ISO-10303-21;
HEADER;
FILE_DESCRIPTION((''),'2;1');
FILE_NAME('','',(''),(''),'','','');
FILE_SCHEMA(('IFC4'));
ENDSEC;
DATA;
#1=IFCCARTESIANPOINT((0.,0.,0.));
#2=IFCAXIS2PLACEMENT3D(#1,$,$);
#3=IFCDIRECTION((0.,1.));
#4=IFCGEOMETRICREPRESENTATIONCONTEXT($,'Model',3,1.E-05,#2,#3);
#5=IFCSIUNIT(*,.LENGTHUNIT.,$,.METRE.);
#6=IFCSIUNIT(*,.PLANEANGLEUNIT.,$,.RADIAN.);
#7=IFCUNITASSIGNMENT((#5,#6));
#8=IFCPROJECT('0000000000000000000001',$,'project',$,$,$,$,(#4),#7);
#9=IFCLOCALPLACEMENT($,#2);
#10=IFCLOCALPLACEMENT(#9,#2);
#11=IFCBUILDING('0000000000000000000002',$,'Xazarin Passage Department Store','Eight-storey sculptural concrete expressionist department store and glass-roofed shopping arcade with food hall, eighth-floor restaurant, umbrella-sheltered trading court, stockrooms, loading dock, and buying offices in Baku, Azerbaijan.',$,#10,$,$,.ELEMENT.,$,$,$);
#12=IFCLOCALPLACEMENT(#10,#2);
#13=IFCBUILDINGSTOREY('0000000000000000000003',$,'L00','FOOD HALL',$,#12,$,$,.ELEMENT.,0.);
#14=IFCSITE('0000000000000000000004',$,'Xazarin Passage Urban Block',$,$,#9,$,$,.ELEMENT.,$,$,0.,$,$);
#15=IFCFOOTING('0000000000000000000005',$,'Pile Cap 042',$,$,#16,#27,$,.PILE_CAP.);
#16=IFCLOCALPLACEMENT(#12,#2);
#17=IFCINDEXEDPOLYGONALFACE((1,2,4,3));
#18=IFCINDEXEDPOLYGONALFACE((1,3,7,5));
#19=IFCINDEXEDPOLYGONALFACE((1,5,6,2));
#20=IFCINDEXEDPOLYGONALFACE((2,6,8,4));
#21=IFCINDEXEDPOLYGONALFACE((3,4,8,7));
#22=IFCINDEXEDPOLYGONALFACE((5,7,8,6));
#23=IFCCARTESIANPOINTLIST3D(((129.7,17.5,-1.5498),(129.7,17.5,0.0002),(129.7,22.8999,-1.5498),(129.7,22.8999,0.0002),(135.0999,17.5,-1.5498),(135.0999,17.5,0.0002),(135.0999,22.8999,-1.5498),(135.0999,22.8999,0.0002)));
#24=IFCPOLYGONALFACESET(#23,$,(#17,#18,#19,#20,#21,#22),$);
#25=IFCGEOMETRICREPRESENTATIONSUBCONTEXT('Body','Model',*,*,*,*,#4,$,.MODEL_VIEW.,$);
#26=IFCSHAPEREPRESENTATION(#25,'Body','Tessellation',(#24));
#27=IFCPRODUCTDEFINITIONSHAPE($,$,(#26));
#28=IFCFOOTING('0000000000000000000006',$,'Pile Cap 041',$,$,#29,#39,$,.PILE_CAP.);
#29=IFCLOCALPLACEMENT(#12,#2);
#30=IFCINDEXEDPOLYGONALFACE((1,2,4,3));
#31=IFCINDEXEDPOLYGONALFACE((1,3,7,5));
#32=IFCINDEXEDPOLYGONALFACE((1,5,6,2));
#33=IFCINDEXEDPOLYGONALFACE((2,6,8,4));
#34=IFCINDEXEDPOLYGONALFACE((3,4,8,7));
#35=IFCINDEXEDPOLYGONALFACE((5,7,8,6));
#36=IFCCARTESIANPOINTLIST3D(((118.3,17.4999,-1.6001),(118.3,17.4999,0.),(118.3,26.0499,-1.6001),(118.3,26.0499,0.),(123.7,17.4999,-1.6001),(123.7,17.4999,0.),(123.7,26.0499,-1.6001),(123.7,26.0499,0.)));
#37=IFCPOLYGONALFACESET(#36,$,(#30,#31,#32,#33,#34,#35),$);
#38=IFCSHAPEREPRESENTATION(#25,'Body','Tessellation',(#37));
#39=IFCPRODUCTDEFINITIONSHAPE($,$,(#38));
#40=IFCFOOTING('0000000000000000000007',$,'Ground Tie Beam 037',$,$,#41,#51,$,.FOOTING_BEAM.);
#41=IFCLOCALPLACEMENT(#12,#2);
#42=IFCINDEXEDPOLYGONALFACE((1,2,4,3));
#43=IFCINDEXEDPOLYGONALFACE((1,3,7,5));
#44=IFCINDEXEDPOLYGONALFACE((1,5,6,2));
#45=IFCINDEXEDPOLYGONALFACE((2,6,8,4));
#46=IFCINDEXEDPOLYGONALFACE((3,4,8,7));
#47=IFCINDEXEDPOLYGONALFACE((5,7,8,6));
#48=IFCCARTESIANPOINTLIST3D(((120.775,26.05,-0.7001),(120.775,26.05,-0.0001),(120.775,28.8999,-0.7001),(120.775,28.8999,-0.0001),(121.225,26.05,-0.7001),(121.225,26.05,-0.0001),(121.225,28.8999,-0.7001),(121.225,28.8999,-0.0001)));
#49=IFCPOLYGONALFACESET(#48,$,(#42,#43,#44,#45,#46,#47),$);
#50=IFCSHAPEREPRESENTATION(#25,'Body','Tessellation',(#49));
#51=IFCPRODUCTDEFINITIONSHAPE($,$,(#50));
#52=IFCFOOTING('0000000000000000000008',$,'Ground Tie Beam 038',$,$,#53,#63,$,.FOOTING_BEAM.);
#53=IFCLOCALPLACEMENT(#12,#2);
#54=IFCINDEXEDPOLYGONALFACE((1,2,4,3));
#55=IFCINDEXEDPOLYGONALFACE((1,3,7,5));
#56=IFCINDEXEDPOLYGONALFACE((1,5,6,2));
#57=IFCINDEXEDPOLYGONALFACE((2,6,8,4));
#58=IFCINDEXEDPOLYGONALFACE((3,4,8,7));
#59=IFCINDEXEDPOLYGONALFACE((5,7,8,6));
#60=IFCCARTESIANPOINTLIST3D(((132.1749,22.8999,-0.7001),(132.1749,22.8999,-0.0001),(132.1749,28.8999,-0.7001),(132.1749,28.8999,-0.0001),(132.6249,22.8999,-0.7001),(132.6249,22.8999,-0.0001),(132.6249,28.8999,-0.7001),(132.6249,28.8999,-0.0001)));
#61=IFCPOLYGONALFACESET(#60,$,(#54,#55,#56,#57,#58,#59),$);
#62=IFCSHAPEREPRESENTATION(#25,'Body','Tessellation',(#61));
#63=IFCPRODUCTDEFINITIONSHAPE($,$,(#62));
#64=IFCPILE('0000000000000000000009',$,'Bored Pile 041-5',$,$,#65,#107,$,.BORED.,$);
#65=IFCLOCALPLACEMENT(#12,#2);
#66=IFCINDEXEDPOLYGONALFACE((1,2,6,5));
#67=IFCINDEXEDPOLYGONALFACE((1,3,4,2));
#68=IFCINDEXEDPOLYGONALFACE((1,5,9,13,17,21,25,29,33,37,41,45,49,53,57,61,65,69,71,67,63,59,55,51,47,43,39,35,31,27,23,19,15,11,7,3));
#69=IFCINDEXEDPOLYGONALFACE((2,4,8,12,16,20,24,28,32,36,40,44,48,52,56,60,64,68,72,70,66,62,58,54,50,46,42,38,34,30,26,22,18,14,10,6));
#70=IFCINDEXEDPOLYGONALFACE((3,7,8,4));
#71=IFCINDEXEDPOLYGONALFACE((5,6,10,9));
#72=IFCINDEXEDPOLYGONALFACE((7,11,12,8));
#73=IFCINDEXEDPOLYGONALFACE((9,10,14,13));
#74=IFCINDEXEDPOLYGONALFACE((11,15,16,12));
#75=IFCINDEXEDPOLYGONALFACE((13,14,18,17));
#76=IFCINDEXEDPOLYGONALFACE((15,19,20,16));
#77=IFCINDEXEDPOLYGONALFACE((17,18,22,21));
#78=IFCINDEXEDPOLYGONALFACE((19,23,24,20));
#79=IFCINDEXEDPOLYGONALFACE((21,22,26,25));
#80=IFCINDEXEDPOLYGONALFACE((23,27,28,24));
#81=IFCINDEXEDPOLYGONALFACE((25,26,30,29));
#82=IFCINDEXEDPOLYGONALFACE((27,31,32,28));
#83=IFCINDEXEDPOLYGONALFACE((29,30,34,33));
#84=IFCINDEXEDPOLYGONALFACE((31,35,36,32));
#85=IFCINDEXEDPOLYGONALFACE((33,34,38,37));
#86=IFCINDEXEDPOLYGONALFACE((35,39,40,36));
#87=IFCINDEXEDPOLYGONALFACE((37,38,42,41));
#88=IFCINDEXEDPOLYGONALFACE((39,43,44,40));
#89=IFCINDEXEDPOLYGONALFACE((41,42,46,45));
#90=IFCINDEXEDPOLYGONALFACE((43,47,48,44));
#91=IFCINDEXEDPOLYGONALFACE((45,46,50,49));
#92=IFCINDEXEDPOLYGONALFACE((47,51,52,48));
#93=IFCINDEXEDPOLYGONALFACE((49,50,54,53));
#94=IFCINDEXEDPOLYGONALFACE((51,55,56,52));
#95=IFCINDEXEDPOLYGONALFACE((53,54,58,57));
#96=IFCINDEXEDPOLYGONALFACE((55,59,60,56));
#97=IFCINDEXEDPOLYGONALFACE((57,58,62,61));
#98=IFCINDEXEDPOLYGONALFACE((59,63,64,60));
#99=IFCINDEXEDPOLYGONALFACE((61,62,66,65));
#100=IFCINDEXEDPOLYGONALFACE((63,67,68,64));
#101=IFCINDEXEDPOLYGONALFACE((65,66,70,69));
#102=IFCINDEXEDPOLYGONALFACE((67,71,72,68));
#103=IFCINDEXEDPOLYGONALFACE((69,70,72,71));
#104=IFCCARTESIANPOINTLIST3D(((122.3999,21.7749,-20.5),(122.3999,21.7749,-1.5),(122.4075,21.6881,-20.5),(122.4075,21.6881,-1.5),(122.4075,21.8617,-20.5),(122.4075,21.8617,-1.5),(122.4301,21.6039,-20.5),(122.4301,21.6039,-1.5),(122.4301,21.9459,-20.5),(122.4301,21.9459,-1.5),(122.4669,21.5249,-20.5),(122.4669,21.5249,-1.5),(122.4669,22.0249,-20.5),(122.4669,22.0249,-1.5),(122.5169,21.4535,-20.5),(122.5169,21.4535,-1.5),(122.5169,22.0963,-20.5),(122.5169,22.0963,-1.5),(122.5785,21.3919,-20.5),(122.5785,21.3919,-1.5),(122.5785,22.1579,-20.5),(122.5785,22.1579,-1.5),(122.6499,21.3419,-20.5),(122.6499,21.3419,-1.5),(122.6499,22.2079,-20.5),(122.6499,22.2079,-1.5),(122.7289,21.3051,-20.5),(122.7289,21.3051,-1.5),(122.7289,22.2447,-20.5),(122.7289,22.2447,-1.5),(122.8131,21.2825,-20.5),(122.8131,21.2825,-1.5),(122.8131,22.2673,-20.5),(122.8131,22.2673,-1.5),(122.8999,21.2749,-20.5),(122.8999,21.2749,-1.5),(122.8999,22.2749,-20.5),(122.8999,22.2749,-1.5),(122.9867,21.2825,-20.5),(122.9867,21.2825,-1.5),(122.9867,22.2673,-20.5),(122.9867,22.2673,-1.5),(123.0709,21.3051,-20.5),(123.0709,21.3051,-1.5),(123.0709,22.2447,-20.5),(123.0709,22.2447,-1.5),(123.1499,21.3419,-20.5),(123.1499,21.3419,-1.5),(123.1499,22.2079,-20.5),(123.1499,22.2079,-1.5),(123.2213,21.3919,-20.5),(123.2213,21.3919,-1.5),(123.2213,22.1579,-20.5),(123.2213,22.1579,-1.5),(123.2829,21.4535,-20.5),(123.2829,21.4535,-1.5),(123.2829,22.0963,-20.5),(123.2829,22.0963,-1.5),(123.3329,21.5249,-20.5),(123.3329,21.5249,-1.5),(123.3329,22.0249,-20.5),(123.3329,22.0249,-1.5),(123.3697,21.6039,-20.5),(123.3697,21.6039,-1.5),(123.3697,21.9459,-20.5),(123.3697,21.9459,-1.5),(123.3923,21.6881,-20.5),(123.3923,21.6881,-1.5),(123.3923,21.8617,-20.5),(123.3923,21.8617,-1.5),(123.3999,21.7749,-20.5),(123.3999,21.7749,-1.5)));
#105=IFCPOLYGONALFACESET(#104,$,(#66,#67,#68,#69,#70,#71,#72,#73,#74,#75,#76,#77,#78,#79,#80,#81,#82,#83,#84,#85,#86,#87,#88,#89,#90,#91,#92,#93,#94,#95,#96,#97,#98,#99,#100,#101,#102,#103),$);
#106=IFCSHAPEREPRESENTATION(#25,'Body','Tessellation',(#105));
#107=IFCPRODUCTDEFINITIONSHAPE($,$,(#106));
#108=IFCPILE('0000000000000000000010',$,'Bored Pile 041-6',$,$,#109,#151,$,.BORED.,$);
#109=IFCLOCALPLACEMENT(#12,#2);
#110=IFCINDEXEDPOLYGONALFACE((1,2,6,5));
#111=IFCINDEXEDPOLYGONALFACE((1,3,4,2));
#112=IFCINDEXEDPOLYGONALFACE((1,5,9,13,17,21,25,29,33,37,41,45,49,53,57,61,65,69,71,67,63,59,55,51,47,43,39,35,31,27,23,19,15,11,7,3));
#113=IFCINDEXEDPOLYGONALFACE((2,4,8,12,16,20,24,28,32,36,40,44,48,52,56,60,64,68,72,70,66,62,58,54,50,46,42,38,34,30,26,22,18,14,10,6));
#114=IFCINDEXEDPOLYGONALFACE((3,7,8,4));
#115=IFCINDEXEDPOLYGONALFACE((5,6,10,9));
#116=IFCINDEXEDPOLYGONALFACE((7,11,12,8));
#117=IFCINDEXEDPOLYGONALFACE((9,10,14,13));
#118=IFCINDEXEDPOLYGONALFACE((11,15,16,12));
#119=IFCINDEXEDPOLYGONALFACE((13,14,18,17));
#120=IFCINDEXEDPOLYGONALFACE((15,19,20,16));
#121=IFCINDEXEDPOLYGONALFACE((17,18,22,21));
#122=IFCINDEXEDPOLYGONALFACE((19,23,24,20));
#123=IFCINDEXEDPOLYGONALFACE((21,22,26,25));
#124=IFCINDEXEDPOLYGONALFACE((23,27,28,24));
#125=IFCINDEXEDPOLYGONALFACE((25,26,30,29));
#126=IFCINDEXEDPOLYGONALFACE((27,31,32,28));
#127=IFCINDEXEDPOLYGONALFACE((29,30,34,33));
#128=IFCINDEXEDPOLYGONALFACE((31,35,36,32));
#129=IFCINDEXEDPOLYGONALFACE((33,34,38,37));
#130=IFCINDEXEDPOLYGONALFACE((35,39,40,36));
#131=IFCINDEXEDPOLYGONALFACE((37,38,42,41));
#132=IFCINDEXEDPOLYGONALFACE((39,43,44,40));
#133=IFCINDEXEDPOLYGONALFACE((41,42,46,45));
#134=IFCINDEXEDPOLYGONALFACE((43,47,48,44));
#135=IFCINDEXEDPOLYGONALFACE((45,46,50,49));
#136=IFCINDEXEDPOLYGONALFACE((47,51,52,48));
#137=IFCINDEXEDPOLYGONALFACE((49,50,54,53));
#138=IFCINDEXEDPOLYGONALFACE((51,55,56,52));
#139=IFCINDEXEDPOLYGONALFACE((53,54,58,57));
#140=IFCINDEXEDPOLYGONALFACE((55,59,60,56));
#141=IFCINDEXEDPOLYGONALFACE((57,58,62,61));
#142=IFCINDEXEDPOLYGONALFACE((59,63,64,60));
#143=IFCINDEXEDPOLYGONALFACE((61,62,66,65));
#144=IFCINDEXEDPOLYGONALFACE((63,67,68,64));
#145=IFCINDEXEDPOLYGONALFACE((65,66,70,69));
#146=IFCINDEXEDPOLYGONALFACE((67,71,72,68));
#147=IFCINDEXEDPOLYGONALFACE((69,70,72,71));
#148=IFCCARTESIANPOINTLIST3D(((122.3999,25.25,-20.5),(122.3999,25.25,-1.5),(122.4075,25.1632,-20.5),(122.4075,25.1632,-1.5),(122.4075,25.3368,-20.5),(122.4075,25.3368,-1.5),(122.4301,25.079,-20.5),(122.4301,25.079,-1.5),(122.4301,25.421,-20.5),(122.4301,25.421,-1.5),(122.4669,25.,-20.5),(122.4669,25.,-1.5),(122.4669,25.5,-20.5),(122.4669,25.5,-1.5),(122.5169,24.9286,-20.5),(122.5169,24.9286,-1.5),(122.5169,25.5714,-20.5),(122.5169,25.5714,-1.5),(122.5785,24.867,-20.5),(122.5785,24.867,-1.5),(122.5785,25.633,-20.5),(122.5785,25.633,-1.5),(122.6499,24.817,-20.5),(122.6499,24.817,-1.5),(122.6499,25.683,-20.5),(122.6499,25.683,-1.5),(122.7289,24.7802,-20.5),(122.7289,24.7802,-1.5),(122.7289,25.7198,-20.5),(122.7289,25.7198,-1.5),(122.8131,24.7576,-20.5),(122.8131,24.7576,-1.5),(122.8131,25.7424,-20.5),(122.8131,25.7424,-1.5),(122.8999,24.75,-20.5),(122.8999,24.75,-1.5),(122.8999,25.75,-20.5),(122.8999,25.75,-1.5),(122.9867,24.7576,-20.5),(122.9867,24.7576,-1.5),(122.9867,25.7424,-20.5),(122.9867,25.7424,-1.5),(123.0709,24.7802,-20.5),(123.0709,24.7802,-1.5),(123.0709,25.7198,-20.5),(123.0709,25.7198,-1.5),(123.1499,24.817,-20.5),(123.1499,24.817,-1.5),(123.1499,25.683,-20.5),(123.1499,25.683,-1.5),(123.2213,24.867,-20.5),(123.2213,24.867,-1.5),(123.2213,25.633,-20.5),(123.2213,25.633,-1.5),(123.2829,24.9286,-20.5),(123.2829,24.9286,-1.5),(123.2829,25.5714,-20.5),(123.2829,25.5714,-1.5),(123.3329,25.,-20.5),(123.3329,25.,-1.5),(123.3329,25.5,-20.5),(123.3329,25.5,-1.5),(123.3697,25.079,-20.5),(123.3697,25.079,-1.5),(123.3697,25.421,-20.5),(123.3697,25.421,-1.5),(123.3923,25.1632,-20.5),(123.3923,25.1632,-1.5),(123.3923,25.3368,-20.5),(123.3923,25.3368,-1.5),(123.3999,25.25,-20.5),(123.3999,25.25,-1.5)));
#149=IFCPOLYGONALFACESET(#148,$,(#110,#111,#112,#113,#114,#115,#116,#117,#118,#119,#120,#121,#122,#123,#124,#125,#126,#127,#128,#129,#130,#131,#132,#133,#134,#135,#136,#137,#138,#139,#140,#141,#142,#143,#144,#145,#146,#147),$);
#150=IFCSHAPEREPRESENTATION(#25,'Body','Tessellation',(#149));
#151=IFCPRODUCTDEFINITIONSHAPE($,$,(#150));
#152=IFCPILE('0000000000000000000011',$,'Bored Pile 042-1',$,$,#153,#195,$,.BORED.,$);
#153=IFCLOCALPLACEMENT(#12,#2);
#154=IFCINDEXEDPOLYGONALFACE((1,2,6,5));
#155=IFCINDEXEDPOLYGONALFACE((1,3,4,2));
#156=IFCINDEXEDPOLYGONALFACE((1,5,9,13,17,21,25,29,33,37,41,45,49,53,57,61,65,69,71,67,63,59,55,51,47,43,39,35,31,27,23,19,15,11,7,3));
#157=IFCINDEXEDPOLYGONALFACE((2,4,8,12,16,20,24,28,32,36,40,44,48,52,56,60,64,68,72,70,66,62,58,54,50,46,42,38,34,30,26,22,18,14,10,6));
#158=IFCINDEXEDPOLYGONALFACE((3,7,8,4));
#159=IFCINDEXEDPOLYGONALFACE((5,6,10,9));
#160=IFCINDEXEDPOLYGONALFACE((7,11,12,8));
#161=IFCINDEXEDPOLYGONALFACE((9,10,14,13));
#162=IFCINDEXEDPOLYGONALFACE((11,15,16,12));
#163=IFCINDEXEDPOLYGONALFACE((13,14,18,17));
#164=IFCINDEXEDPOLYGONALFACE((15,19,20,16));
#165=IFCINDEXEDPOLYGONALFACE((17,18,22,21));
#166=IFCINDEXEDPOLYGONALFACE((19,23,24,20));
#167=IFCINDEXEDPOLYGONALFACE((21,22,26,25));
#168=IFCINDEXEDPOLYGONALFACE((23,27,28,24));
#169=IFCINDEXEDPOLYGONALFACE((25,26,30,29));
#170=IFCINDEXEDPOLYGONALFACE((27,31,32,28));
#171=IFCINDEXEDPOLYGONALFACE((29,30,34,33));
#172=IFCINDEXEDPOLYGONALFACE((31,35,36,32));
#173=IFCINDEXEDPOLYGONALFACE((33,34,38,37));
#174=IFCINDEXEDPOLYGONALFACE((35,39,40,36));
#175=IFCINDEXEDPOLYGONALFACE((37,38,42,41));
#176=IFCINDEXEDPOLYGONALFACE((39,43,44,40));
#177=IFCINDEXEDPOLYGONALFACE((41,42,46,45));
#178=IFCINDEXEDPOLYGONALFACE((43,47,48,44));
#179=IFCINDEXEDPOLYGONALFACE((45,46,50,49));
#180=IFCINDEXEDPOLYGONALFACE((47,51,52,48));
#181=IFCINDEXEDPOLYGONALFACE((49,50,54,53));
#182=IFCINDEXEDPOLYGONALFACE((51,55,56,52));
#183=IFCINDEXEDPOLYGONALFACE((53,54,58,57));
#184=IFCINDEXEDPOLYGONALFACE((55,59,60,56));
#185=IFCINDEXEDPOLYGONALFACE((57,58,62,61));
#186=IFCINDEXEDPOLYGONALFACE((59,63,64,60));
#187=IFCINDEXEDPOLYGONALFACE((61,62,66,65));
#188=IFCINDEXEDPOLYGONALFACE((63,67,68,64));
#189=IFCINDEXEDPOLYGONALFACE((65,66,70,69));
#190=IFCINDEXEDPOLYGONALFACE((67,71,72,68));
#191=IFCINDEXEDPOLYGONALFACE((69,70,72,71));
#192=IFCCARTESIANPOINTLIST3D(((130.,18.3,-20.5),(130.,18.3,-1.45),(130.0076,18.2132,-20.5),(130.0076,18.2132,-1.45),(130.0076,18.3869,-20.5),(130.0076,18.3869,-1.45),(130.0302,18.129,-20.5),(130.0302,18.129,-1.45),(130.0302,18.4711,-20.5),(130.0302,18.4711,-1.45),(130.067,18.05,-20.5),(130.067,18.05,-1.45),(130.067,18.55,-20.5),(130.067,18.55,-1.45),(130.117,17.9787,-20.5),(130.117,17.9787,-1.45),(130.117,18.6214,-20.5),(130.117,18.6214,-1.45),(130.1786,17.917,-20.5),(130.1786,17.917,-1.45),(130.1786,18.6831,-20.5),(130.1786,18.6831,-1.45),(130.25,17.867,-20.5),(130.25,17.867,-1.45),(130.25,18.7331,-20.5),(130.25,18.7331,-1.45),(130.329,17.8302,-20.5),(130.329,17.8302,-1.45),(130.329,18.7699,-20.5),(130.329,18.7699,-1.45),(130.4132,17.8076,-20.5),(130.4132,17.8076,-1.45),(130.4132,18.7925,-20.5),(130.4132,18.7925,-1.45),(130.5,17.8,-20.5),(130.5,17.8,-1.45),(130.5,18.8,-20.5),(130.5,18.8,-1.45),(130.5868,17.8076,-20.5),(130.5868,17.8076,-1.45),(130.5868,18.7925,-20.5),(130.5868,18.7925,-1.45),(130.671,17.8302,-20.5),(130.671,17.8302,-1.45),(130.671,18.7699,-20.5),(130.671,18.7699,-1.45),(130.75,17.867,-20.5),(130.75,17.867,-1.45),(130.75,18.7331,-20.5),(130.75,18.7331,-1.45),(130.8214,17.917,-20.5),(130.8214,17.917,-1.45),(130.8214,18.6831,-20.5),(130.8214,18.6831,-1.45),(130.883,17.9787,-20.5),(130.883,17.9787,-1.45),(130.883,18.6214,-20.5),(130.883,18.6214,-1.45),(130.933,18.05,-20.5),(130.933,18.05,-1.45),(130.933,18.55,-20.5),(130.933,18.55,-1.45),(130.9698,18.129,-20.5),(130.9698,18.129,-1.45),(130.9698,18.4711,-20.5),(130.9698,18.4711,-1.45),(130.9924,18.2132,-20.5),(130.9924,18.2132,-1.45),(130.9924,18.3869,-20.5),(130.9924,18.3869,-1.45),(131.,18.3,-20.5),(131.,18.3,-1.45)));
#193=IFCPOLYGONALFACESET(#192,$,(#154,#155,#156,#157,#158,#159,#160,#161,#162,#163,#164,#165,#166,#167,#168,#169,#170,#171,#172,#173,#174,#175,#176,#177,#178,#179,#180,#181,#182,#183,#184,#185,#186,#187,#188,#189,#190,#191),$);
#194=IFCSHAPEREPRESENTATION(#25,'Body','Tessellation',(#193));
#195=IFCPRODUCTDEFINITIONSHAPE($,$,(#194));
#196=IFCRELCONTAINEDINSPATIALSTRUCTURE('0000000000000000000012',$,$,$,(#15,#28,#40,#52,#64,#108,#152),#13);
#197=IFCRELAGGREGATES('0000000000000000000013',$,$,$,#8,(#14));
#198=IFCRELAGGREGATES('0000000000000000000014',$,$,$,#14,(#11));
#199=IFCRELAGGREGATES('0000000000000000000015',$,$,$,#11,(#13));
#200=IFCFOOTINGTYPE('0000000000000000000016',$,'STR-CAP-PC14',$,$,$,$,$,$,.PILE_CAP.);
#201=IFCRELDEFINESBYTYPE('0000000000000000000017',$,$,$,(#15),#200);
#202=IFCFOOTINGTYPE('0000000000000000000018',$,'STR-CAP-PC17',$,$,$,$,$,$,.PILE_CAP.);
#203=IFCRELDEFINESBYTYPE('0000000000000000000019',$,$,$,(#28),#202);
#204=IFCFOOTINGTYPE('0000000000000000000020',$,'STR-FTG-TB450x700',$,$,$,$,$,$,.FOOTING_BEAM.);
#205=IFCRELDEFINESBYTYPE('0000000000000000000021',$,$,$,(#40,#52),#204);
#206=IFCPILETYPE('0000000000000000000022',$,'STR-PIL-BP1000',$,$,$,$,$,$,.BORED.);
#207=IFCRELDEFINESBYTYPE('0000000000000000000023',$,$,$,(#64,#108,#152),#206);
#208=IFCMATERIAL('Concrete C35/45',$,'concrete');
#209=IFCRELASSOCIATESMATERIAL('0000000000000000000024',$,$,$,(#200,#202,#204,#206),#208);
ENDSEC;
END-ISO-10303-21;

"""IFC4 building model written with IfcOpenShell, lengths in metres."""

from ifc_helpers import new_model, si_unit, direction, frame, origin, origin_2d, place, context, subcontext, project, spatial, rectangle, circle, extrude, material, material_profile, profile_set, type_object, element, save


model = new_model("IFC4")

# Units and contexts
model_context = context("Model", 3, precision=1e-05, world=origin(), true_north=direction((0.0, 1.0)))
body_context = subcontext(model_context, "Body", "Model", "MODEL_VIEW")
ifc_project = project(units=[si_unit("LENGTHUNIT", "METRE"), si_unit("PLANEANGLEUNIT", "RADIAN")], contexts=[model_context])

# Site, building, storey
site_placement = place(None, origin())
site = spatial("IfcSite", under=ifc_project, at=site_placement, Name="Xazarin Passage Urban Block", CompositionType="ELEMENT", RefElevation=0.0)
building_placement = place(site_placement, origin())
building = spatial("IfcBuilding", under=site, at=building_placement, Name="Xazarin Passage Department Store", Description="Eight-storey sculptural concrete expressionist department store and glass-roofed shopping arcade with food hall, eighth-floor restaurant, umbrella-sheltered trading court, stockrooms, loading dock, and buying offices in Baku, Azerbaijan.", CompositionType="ELEMENT")
storey_placement = place(building_placement, origin())
storey = spatial("IfcBuildingStorey", under=building, at=storey_placement, Name="L00", Description="FOOD HALL", CompositionType="ELEMENT", Elevation=0.0)

# Footings
ifc_material_1 = material(Name="Concrete C35/45", Category="concrete")
footing_type_1 = type_object("IfcFootingType", Name="STR-CAP-PC14", PredefinedType="PILE_CAP", material=ifc_material_1)
footing_1_placement = place(storey_placement, frame((132.3999, 20.2, -1.5498), z_axis=(0.0, 0.0, 1.0), x_axis=(1.0, 0.0, 0.0)))
element("IfcFooting", 1, at=footing_1_placement, inside=storey, type_object=footing_type_1, Name="Pile Cap 042", PredefinedType="PILE_CAP", context=body_context, shape_type="SweptSolid", body=[
    extrude(rectangle(XDim=5.3999, YDim=5.3999, at=origin_2d()), origin(), (0.0, 0.0, 1.0), 1.55),
])
footing_type_2 = type_object("IfcFootingType", Name="STR-CAP-PC17", PredefinedType="PILE_CAP", material=ifc_material_1)
footing_2_placement = place(storey_placement, frame((121.0, 21.7749, -1.6001), z_axis=(0.0, 0.0, 1.0), x_axis=(0.0, 1.0, 0.0)))
element("IfcFooting", 2, at=footing_2_placement, inside=storey, type_object=footing_type_2, Name="Pile Cap 041", PredefinedType="PILE_CAP", context=body_context, shape_type="SweptSolid", body=[
    extrude(rectangle(XDim=8.55, YDim=5.3999, at=origin_2d()), origin(), (0.0, 0.0, 1.0), 1.6001),
])
ifc_material_profile_1 = material_profile(ifc_material_1, rectangle(XDim=0.45, YDim=0.7, at=origin_2d()), Name="RC 450x700")
ifc_profile_set_1 = profile_set([ifc_material_profile_1], Name="Concrete C35/45")
footing_type_3 = type_object("IfcFootingType", Name="STR-FTG-TB450x700", PredefinedType="FOOTING_BEAM", material=ifc_profile_set_1)
footing_3_placement = place(storey_placement, frame((121.0, 26.05, -0.3501), z_axis=(0.0, 1.0, 0.0), x_axis=(-1.0, 0.0, 0.0)))
element("IfcFooting", 3, at=footing_3_placement, inside=storey, type_object=footing_type_3, Name="Ground Tie Beam 037", PredefinedType="FOOTING_BEAM", context=body_context, shape_type="SweptSolid", body=[
    extrude(rectangle(XDim=0.45, YDim=0.7, at=origin_2d()), origin(), (0.0, 0.0, 1.0), 2.8499),
])
footing_4_placement = place(storey_placement, frame((132.3999, 22.8999, -0.3501), z_axis=(0.0, 1.0, 0.0), x_axis=(-1.0, 0.0, 0.0)))
element("IfcFooting", 4, at=footing_4_placement, inside=storey, type_object=footing_type_3, Name="Ground Tie Beam 038", PredefinedType="FOOTING_BEAM", context=body_context, shape_type="SweptSolid", body=[
    extrude(rectangle(XDim=0.45, YDim=0.7, at=origin_2d()), origin(), (0.0, 0.0, 1.0), 6.0),
])

# Piles
ifc_material_profile_2 = material_profile(ifc_material_1, circle(Radius=0.5, at=origin_2d()), Name="BP 1000")
ifc_profile_set_2 = profile_set([ifc_material_profile_2], Name="Concrete C35/45")
pile_type_1 = type_object("IfcPileType", Name="STR-PIL-BP1000", PredefinedType="BORED", material=ifc_profile_set_2)
for number, where, z_axis, x_axis, name in (
    (5, (122.8999, 21.7749, -1.5), (0.0, 0.0, -1.0), (1.0, 0.0, 0.0), "Bored Pile 041-5"),
    (6, (122.8999, 25.25, -1.5), (0.0, 0.0, -1.0), (1.0, 0.0, 0.0), "Bored Pile 041-6"),
):
    element("IfcPile", number, at=place(storey_placement, frame(where, z_axis=z_axis, x_axis=x_axis)), inside=storey, type_object=pile_type_1, Name=name, PredefinedType="BORED", context=body_context, shape_type="SweptSolid", body=[
        extrude(circle(Radius=0.5, at=origin_2d()), origin(), (0.0, 0.0, 1.0), 19.0),
    ])
for number, where, z_axis, x_axis, name in (
    (7, (130.5, 18.3, -1.45), (0.0, 0.0, -1.0), (1.0, 0.0, 0.0), "Bored Pile 042-1"),
):
    element("IfcPile", number, at=place(storey_placement, frame(where, z_axis=z_axis, x_axis=x_axis)), inside=storey, type_object=pile_type_1, Name=name, PredefinedType="BORED", context=body_context, shape_type="SweptSolid", body=[
        extrude(circle(Radius=0.5, at=origin_2d()), origin(), (0.0, 0.0, 1.0), 19.05),
    ])

save(model, "model.ifc")
